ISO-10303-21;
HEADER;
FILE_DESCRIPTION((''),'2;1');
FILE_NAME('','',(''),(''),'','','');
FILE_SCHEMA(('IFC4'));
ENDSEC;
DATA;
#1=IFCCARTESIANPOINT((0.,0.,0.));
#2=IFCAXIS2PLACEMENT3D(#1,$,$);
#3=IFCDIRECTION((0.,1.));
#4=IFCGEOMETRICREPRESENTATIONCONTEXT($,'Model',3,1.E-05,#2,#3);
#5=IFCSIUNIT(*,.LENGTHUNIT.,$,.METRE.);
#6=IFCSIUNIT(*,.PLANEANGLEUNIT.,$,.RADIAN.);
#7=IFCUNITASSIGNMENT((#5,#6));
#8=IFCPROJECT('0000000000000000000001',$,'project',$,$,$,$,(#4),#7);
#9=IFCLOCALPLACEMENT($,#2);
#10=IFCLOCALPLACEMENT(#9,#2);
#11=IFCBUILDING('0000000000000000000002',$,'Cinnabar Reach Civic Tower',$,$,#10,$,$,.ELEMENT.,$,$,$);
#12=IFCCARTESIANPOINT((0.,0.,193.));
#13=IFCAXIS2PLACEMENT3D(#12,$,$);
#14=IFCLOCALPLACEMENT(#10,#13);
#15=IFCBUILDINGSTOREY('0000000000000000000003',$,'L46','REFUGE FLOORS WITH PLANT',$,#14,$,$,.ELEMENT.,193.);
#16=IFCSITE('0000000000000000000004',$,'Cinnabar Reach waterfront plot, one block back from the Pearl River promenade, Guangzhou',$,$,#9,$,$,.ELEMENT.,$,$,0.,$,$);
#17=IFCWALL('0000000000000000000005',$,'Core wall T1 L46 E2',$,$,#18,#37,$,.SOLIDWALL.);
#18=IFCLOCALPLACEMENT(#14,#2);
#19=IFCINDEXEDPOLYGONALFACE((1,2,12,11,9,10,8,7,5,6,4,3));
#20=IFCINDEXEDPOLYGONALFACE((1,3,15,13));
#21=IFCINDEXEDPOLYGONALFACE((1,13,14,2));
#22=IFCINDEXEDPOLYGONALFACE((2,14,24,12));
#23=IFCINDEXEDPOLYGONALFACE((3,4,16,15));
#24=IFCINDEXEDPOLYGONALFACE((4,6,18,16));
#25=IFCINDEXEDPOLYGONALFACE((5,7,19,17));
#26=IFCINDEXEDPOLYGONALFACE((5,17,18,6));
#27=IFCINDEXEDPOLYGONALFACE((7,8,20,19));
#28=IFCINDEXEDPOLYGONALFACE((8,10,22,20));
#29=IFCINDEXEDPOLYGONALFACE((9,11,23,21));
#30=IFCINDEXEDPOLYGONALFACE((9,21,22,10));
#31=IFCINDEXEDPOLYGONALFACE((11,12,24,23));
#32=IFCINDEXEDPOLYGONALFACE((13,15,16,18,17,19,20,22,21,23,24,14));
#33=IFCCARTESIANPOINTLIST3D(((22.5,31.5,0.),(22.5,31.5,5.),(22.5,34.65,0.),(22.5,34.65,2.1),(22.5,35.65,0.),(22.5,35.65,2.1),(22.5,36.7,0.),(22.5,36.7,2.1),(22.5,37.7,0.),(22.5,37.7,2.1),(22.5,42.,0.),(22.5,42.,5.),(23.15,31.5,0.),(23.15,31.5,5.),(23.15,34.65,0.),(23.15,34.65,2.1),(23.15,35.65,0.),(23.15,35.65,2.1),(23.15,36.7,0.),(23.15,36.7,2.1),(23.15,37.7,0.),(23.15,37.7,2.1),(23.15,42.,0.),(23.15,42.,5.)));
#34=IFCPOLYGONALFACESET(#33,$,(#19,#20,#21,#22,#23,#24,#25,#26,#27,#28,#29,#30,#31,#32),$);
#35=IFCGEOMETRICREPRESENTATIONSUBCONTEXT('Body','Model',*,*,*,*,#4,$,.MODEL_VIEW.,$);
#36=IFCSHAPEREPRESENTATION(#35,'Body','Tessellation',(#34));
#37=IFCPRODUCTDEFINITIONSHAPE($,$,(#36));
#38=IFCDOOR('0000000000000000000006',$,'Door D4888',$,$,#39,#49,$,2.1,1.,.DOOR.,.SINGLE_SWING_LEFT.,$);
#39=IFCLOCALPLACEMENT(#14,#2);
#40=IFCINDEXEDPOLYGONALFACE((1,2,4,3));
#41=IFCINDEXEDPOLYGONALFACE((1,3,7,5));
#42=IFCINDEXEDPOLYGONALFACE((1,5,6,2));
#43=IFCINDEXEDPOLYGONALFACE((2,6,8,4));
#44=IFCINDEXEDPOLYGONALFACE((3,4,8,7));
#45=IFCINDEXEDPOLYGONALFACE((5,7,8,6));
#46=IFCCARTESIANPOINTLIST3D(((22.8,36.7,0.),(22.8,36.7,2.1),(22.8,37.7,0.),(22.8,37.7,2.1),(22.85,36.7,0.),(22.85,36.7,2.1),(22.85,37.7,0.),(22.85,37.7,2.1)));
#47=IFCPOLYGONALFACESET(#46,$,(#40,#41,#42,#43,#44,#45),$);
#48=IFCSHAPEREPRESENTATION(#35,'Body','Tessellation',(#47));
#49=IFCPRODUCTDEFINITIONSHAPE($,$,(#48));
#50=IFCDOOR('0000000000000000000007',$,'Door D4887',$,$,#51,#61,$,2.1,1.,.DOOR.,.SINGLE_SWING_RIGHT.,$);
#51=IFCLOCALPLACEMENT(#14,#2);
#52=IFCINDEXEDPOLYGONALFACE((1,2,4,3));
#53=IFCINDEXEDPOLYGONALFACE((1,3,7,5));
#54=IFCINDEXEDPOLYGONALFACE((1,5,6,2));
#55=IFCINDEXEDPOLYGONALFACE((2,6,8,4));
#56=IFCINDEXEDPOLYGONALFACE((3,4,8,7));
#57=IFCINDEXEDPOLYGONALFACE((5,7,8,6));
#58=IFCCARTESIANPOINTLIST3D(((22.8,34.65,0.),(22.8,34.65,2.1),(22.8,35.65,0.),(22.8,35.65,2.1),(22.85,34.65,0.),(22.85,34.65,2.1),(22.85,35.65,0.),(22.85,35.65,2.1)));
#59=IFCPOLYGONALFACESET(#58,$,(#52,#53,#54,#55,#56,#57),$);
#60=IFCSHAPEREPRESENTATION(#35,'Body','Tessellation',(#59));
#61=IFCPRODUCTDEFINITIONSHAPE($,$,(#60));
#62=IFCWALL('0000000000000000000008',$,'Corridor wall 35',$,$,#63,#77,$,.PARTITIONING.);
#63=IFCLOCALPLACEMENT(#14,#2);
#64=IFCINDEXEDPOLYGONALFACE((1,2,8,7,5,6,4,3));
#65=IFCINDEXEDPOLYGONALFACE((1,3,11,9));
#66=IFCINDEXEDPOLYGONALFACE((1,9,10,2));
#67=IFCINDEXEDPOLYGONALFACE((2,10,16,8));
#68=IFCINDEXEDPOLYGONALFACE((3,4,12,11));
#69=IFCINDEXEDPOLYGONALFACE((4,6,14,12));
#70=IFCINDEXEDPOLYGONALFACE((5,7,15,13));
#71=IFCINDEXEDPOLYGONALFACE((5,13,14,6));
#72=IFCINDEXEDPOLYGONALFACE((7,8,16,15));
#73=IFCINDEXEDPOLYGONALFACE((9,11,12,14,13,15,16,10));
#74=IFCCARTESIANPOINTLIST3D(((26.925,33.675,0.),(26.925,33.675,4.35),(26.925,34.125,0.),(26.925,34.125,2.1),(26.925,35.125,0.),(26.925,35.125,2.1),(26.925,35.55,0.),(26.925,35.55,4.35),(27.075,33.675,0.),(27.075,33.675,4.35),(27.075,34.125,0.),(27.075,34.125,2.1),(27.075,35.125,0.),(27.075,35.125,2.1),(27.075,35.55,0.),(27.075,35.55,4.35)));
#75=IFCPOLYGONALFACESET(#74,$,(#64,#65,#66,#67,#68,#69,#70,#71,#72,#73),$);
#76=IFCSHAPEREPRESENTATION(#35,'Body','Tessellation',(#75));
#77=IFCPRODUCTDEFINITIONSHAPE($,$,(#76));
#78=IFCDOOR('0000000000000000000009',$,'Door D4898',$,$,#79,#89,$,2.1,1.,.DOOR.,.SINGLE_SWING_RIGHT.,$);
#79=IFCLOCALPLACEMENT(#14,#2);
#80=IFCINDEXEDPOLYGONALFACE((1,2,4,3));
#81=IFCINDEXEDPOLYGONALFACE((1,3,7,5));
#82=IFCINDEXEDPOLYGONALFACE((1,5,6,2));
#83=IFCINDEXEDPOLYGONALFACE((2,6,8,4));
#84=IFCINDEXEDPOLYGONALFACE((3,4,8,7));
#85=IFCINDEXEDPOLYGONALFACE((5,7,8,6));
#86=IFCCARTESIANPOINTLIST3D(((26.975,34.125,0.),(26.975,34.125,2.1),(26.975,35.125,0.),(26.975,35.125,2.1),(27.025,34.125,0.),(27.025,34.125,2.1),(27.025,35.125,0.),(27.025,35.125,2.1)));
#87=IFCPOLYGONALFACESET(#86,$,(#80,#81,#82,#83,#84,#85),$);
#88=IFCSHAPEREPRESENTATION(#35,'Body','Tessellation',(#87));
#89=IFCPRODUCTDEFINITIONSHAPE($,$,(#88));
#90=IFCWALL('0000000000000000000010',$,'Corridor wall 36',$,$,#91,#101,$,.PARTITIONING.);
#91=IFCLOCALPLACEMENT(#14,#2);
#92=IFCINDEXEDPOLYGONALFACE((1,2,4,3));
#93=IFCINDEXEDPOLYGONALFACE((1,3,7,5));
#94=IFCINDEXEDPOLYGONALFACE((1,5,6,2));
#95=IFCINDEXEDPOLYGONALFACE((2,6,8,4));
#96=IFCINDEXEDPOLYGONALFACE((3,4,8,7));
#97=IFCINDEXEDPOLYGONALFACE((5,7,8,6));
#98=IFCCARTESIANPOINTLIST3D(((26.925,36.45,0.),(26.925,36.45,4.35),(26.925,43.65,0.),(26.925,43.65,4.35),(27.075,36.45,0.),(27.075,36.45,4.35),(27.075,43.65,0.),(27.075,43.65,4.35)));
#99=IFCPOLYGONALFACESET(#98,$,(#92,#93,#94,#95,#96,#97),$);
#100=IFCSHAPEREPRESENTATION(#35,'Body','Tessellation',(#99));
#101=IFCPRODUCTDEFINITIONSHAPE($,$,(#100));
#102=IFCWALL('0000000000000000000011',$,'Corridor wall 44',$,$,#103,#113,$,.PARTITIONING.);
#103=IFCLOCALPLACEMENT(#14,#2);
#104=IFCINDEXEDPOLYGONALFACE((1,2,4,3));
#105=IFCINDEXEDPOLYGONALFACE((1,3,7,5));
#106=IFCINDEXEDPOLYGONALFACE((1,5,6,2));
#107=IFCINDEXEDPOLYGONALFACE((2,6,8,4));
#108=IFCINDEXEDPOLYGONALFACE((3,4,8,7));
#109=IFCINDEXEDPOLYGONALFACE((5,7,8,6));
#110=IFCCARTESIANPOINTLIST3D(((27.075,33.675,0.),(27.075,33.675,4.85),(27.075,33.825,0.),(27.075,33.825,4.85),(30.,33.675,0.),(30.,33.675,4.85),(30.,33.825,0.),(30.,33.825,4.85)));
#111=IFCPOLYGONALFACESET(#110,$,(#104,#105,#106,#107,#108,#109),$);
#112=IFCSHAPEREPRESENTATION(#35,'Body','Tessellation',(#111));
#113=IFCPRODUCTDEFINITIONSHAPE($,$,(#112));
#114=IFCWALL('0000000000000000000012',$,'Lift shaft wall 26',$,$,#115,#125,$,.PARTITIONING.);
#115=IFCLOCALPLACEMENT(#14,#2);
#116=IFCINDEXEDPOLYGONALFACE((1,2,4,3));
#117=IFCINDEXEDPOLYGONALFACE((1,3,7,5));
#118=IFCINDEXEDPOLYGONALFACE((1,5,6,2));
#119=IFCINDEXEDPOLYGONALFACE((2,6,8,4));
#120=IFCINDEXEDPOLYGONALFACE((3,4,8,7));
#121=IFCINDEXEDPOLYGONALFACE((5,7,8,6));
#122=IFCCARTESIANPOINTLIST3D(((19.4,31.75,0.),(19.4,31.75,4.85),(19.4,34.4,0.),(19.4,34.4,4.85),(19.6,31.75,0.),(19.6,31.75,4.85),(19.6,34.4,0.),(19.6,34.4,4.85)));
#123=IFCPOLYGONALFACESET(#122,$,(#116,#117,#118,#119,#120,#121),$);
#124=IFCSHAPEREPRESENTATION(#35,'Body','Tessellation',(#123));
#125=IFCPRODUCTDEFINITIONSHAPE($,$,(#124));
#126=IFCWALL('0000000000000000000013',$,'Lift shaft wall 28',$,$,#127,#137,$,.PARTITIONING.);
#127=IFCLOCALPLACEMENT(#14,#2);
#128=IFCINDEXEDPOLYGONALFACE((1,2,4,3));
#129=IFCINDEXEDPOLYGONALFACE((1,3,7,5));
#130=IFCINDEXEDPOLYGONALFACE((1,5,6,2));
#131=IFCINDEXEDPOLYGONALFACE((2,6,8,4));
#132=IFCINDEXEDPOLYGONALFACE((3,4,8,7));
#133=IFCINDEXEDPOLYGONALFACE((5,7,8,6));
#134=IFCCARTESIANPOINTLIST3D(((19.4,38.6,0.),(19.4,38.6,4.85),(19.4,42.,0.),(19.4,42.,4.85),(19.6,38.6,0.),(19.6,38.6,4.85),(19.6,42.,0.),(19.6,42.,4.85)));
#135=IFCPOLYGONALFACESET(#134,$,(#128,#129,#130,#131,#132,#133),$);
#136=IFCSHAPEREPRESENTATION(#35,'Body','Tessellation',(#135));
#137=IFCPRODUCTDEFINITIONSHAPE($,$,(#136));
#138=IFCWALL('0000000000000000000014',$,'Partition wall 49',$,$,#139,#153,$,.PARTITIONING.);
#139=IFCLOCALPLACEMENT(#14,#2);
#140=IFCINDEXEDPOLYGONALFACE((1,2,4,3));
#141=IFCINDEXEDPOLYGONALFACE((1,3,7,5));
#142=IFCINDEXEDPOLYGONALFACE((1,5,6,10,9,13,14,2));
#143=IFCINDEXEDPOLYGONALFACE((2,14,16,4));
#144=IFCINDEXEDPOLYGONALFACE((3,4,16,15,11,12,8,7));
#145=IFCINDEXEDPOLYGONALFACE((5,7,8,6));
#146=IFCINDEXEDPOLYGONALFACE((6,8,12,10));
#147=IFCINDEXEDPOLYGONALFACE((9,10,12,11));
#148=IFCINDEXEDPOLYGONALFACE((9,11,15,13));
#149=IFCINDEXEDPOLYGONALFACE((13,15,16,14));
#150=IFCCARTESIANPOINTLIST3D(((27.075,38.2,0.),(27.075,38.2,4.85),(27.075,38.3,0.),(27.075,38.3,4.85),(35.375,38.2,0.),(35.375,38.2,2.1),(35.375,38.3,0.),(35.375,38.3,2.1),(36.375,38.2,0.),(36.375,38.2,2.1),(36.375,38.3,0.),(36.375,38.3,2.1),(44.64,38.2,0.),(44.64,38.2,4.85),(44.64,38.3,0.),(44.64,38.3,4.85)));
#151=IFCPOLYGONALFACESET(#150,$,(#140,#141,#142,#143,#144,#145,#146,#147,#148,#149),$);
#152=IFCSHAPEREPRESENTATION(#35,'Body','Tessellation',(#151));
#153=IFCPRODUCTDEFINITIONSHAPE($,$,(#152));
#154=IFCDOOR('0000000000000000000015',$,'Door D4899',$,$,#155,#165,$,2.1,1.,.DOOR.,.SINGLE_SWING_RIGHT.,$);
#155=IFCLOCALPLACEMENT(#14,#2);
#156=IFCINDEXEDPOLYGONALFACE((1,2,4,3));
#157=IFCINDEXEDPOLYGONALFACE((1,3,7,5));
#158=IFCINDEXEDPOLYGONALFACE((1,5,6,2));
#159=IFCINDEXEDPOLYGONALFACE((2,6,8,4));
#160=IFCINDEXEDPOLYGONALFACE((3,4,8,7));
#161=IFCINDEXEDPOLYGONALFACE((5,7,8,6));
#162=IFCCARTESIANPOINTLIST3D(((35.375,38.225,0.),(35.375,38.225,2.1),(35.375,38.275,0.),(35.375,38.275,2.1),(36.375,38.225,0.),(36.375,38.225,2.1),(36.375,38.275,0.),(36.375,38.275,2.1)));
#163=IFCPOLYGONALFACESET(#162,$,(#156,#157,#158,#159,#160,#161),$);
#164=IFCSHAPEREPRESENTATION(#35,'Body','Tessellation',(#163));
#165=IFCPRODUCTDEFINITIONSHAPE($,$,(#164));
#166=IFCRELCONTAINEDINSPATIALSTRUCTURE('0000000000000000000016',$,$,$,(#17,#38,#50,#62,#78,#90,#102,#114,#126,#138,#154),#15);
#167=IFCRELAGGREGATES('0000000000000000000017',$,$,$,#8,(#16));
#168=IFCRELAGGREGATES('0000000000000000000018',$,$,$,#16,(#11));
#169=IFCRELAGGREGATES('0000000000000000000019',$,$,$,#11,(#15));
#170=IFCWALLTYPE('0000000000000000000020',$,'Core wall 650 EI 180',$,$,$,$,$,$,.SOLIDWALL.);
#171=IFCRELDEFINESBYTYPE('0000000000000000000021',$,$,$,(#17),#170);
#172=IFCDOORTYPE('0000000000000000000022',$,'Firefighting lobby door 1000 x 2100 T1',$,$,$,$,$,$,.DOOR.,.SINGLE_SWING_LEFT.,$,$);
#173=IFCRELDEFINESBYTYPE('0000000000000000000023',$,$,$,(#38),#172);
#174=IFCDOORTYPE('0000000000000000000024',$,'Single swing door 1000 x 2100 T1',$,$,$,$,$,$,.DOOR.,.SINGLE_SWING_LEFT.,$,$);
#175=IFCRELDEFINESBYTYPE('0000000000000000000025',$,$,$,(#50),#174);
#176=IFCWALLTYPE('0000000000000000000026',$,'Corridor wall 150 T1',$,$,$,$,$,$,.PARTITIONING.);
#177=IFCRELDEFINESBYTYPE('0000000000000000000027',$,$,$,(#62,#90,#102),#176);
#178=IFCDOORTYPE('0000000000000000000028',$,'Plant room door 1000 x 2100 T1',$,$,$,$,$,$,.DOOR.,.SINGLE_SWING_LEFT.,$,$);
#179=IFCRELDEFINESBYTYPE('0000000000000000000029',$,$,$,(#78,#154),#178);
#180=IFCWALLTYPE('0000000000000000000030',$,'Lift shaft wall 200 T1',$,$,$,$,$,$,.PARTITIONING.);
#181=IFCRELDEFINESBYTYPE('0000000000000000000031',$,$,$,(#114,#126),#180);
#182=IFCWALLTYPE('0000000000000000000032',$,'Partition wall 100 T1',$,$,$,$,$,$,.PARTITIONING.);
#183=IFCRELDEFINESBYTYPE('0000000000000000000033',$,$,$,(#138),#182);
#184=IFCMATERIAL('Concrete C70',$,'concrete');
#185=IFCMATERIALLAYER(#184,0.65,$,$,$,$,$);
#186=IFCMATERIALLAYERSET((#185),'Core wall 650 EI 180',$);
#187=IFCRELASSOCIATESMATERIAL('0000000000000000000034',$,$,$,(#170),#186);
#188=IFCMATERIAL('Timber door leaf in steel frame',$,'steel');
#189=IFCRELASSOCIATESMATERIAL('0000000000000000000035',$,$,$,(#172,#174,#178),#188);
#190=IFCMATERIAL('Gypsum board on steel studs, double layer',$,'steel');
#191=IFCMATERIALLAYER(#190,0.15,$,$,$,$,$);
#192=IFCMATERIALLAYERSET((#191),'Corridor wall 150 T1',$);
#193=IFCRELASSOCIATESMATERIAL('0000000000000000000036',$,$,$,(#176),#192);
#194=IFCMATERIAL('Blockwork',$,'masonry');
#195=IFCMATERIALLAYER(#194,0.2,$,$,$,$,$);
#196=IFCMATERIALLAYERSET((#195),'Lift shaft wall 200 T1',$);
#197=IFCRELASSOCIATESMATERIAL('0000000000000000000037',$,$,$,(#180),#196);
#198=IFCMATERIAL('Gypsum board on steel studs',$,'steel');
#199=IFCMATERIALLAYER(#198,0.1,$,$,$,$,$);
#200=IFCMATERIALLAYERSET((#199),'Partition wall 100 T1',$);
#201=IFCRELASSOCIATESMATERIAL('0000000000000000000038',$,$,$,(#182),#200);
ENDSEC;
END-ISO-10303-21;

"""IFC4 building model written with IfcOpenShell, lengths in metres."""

from ifc_helpers import new_model, si_unit, direction, frame, frame_2d, origin, place, context, subcontext, project, spatial, rectangle, extrude, material, layer, layer_set, type_object, element, fill, save


model = new_model("IFC4")

# Units and contexts
model_context = context("Model", 3, precision=1e-05, world=origin(), true_north=direction((0.0, 1.0)))
body_context = subcontext(model_context, "Body", "Model", "MODEL_VIEW")
ifc_project = project(units=[si_unit("LENGTHUNIT", "METRE"), si_unit("PLANEANGLEUNIT", "RADIAN")], contexts=[model_context])

# Site, building, storey
site_placement = place(None, origin())
site = spatial("IfcSite", under=ifc_project, at=site_placement, Name="Cinnabar Reach waterfront plot, one block back from the Pearl River promenade, Guangzhou", CompositionType="ELEMENT", RefElevation=0.0)
building_placement = place(site_placement, origin())
building = spatial("IfcBuilding", under=site, at=building_placement, Name="Cinnabar Reach Civic Tower", CompositionType="ELEMENT")
storey_placement = place(building_placement, frame((0.0, 0.0, 193.0)))
storey = spatial("IfcBuildingStorey", under=building, at=storey_placement, Name="L46", Description="REFUGE FLOORS WITH PLANT", CompositionType="ELEMENT", Elevation=193.0)

# Shared definitions
ifc_material_1 = material(Name="Concrete C70", Category="concrete")

# Wall, openings, doors
ifc_layer_1 = layer(ifc_material_1, 0.65)
ifc_layer_set_1 = layer_set([ifc_layer_1], Name="Core wall 650 EI 180")
wall_type_1 = type_object("IfcWallType", Name="Core wall 650 EI 180", PredefinedType="SOLIDWALL", material=ifc_layer_set_1)
wall_1_placement = place(storey_placement, frame((22.825, 31.5, 0.0), z_axis=(0.0, 0.0, 1.0), x_axis=(0.0, 1.0, 0.0)))
wall_1 = element("IfcWall", 1, at=wall_1_placement, inside=storey, type_object=wall_type_1, Name="Core wall T1 L46 E2", PredefinedType="SOLIDWALL", context=body_context, shape_type="SweptSolid", body=[
    extrude(rectangle(XDim=10.5, YDim=0.65, at=frame_2d((5.25, 0.0))), origin(), (0.0, 0.0, 1.0), 5.0),
])
opening_1_placement = place(wall_1_placement, frame((3.15, 0.0, 0.0)))
opening_1 = element("IfcOpeningElement", 2, at=opening_1_placement, cuts=wall_1, PredefinedType="OPENING", context=body_context, shape_type="SweptSolid", body=[
    extrude(rectangle(XDim=1.0, YDim=2.1, at=frame_2d((0.5, 1.05))), frame((0.0, 0.335, 0.0), z_axis=(0.0, -1.0, 0.0), x_axis=(1.0, 0.0, 0.0)), (0.0, 0.0, 1.0), 0.67),
])
opening_2_placement = place(wall_1_placement, frame((5.2, 0.0, 0.0)))
opening_2 = element("IfcOpeningElement", 3, at=opening_2_placement, cuts=wall_1, PredefinedType="OPENING", context=body_context, shape_type="SweptSolid", body=[
    extrude(rectangle(XDim=1.0, YDim=2.1, at=frame_2d((0.5, 1.05))), frame((0.0, 0.335, 0.0), z_axis=(0.0, -1.0, 0.0), x_axis=(1.0, 0.0, 0.0)), (0.0, 0.0, 1.0), 0.67),
])
ifc_material_2 = material(Name="Timber door leaf in steel frame", Category="steel")
door_type_1 = type_object("IfcDoorType", Name="Firefighting lobby door 1000 x 2100 T1", OperationType="SINGLE_SWING_LEFT", PredefinedType="DOOR", material=ifc_material_2)
door_1_placement = place(opening_2_placement, origin())
door_1 = element("IfcDoor", 4, at=door_1_placement, inside=storey, type_object=door_type_1, Name="Door D4888", OperationType="SINGLE_SWING_LEFT", OverallHeight=2.1, OverallWidth=1.0, PredefinedType="DOOR", context=body_context, shape_type="SweptSolid", body=[
    extrude(rectangle(XDim=1.0, YDim=2.1, at=frame_2d((0.5, 1.05))), frame((0.0, 0.025, 0.0), z_axis=(0.0, -1.0, 0.0), x_axis=(1.0, 0.0, 0.0)), (0.0, 0.0, 1.0), 0.05),
])
fill(opening_2, door_1)
door_type_2 = type_object("IfcDoorType", Name="Single swing door 1000 x 2100 T1", OperationType="SINGLE_SWING_LEFT", PredefinedType="DOOR", material=ifc_material_2)
door_2_placement = place(opening_1_placement, origin())
door_2 = element("IfcDoor", 5, at=door_2_placement, inside=storey, type_object=door_type_2, Name="Door D4887", OperationType="SINGLE_SWING_RIGHT", OverallHeight=2.1, OverallWidth=1.0, PredefinedType="DOOR", context=body_context, shape_type="SweptSolid", body=[
    extrude(rectangle(XDim=1.0, YDim=2.1, at=frame_2d((0.5, 1.05))), frame((0.0, 0.025, 0.0), z_axis=(0.0, -1.0, 0.0), x_axis=(1.0, 0.0, 0.0)), (0.0, 0.0, 1.0), 0.05),
])
fill(opening_1, door_2)

# Wall, opening, door
ifc_material_3 = material(Name="Gypsum board on steel studs, double layer", Category="steel")
ifc_layer_2 = layer(ifc_material_3, 0.15)
ifc_layer_set_2 = layer_set([ifc_layer_2], Name="Corridor wall 150 T1")
wall_type_2 = type_object("IfcWallType", Name="Corridor wall 150 T1", PredefinedType="PARTITIONING", material=ifc_layer_set_2)
wall_2_placement = place(storey_placement, frame((27.0, 33.675, 0.0), z_axis=(0.0, 0.0, 1.0), x_axis=(0.0, 1.0, 0.0)))
wall_2 = element("IfcWall", 6, at=wall_2_placement, inside=storey, type_object=wall_type_2, Name="Corridor wall 35", PredefinedType="PARTITIONING", context=body_context, shape_type="SweptSolid", body=[
    extrude(rectangle(XDim=1.875, YDim=0.15, at=frame_2d((0.9375, 0.0))), origin(), (0.0, 0.0, 1.0), 4.35),
])
opening_3_placement = place(wall_2_placement, frame((0.45, 0.0, 0.0)))
opening_3 = element("IfcOpeningElement", 7, at=opening_3_placement, cuts=wall_2, PredefinedType="OPENING", context=body_context, shape_type="SweptSolid", body=[
    extrude(rectangle(XDim=1.0, YDim=2.1, at=frame_2d((0.5, 1.05))), frame((0.0, 0.085, 0.0), z_axis=(0.0, -1.0, 0.0), x_axis=(1.0, 0.0, 0.0)), (0.0, 0.0, 1.0), 0.17),
])
door_type_3 = type_object("IfcDoorType", Name="Plant room door 1000 x 2100 T1", OperationType="SINGLE_SWING_LEFT", PredefinedType="DOOR", material=ifc_material_2)
door_3_placement = place(opening_3_placement, frame((1.0, 0.0, 0.0), z_axis=(0.0, 0.0, 1.0), x_axis=(-1.0, 0.0, 0.0)))
door_3 = element("IfcDoor", 8, at=door_3_placement, inside=storey, type_object=door_type_3, Name="Door D4898", OperationType="SINGLE_SWING_RIGHT", OverallHeight=2.1, OverallWidth=1.0, PredefinedType="DOOR", context=body_context, shape_type="SweptSolid", body=[
    extrude(rectangle(XDim=1.0, YDim=2.1, at=frame_2d((0.5, 1.05))), frame((0.0, 0.025, 0.0), z_axis=(0.0, -1.0, 0.0), x_axis=(1.0, 0.0, 0.0)), (0.0, 0.0, 1.0), 0.05),
])
fill(opening_3, door_3)

# Walls
wall_3_placement = place(storey_placement, frame((27.0, 36.45, 0.0), z_axis=(0.0, 0.0, 1.0), x_axis=(0.0, 1.0, 0.0)))
element("IfcWall", 9, at=wall_3_placement, inside=storey, type_object=wall_type_2, Name="Corridor wall 36", PredefinedType="PARTITIONING", context=body_context, shape_type="SweptSolid", body=[
    extrude(rectangle(XDim=7.2, YDim=0.15, at=frame_2d((3.6, 0.0))), origin(), (0.0, 0.0, 1.0), 4.35),
])
wall_4_placement = place(storey_placement, frame((27.075, 33.75, 0.0), z_axis=(0.0, 0.0, 1.0), x_axis=(1.0, 0.0, 0.0)))
element("IfcWall", 10, at=wall_4_placement, inside=storey, type_object=wall_type_2, Name="Corridor wall 44", PredefinedType="PARTITIONING", context=body_context, shape_type="SweptSolid", body=[
    extrude(rectangle(XDim=2.925, YDim=0.15, at=frame_2d((1.4625, 0.0))), origin(), (0.0, 0.0, 1.0), 4.85),
])
ifc_material_4 = material(Name="Blockwork", Category="masonry")
ifc_layer_3 = layer(ifc_material_4, 0.2)
ifc_layer_set_3 = layer_set([ifc_layer_3], Name="Lift shaft wall 200 T1")
wall_type_3 = type_object("IfcWallType", Name="Lift shaft wall 200 T1", PredefinedType="PARTITIONING", material=ifc_layer_set_3)
wall_5_placement = place(storey_placement, frame((19.5, 31.75, 0.0), z_axis=(0.0, 0.0, 1.0), x_axis=(0.0, 1.0, 0.0)))
element("IfcWall", 11, at=wall_5_placement, inside=storey, type_object=wall_type_3, Name="Lift shaft wall 26", PredefinedType="PARTITIONING", context=body_context, shape_type="SweptSolid", body=[
    extrude(rectangle(XDim=2.65, YDim=0.2, at=frame_2d((1.325, 0.0))), origin(), (0.0, 0.0, 1.0), 4.85),
])
wall_6_placement = place(storey_placement, frame((19.5, 38.6, 0.0), z_axis=(0.0, 0.0, 1.0), x_axis=(0.0, 1.0, 0.0)))
element("IfcWall", 12, at=wall_6_placement, inside=storey, type_object=wall_type_3, Name="Lift shaft wall 28", PredefinedType="PARTITIONING", context=body_context, shape_type="SweptSolid", body=[
    extrude(rectangle(XDim=3.4, YDim=0.2, at=frame_2d((1.7, 0.0))), origin(), (0.0, 0.0, 1.0), 4.85),
])

# Wall, opening, door
ifc_material_5 = material(Name="Gypsum board on steel studs", Category="steel")
ifc_layer_4 = layer(ifc_material_5, 0.1)
ifc_layer_set_4 = layer_set([ifc_layer_4], Name="Partition wall 100 T1")
wall_type_4 = type_object("IfcWallType", Name="Partition wall 100 T1", PredefinedType="PARTITIONING", material=ifc_layer_set_4)
wall_7_placement = place(storey_placement, frame((27.075, 38.25, 0.0), z_axis=(0.0, 0.0, 1.0), x_axis=(1.0, 0.0, 0.0)))
wall_7 = element("IfcWall", 13, at=wall_7_placement, inside=storey, type_object=wall_type_4, Name="Partition wall 49", PredefinedType="PARTITIONING", context=body_context, shape_type="SweptSolid", body=[
    extrude(rectangle(XDim=17.565, YDim=0.1, at=frame_2d((8.7825, 0.0))), origin(), (0.0, 0.0, 1.0), 4.85),
])
opening_4_placement = place(wall_7_placement, frame((8.3, 0.0, 0.0)))
opening_4 = element("IfcOpeningElement", 14, at=opening_4_placement, cuts=wall_7, PredefinedType="OPENING", context=body_context, shape_type="SweptSolid", body=[
    extrude(rectangle(XDim=1.0, YDim=2.1, at=frame_2d((0.5, 1.05))), frame((0.0, 0.06, 0.0), z_axis=(0.0, -1.0, 0.0), x_axis=(1.0, 0.0, 0.0)), (0.0, 0.0, 1.0), 0.12),
])
door_4_placement = place(opening_4_placement, frame((1.0, 0.0, 0.0), z_axis=(0.0, 0.0, 1.0), x_axis=(-1.0, 0.0, 0.0)))
door_4 = element("IfcDoor", 15, at=door_4_placement, inside=storey, type_object=door_type_3, Name="Door D4899", OperationType="SINGLE_SWING_RIGHT", OverallHeight=2.1, OverallWidth=1.0, PredefinedType="DOOR", context=body_context, shape_type="SweptSolid", body=[
    extrude(rectangle(XDim=1.0, YDim=2.1, at=frame_2d((0.5, 1.05))), frame((0.0, 0.025, 0.0), z_axis=(0.0, -1.0, 0.0), x_axis=(1.0, 0.0, 0.0)), (0.0, 0.0, 1.0), 0.05),
])
fill(opening_4, door_4)

save(model, "model.ifc")
